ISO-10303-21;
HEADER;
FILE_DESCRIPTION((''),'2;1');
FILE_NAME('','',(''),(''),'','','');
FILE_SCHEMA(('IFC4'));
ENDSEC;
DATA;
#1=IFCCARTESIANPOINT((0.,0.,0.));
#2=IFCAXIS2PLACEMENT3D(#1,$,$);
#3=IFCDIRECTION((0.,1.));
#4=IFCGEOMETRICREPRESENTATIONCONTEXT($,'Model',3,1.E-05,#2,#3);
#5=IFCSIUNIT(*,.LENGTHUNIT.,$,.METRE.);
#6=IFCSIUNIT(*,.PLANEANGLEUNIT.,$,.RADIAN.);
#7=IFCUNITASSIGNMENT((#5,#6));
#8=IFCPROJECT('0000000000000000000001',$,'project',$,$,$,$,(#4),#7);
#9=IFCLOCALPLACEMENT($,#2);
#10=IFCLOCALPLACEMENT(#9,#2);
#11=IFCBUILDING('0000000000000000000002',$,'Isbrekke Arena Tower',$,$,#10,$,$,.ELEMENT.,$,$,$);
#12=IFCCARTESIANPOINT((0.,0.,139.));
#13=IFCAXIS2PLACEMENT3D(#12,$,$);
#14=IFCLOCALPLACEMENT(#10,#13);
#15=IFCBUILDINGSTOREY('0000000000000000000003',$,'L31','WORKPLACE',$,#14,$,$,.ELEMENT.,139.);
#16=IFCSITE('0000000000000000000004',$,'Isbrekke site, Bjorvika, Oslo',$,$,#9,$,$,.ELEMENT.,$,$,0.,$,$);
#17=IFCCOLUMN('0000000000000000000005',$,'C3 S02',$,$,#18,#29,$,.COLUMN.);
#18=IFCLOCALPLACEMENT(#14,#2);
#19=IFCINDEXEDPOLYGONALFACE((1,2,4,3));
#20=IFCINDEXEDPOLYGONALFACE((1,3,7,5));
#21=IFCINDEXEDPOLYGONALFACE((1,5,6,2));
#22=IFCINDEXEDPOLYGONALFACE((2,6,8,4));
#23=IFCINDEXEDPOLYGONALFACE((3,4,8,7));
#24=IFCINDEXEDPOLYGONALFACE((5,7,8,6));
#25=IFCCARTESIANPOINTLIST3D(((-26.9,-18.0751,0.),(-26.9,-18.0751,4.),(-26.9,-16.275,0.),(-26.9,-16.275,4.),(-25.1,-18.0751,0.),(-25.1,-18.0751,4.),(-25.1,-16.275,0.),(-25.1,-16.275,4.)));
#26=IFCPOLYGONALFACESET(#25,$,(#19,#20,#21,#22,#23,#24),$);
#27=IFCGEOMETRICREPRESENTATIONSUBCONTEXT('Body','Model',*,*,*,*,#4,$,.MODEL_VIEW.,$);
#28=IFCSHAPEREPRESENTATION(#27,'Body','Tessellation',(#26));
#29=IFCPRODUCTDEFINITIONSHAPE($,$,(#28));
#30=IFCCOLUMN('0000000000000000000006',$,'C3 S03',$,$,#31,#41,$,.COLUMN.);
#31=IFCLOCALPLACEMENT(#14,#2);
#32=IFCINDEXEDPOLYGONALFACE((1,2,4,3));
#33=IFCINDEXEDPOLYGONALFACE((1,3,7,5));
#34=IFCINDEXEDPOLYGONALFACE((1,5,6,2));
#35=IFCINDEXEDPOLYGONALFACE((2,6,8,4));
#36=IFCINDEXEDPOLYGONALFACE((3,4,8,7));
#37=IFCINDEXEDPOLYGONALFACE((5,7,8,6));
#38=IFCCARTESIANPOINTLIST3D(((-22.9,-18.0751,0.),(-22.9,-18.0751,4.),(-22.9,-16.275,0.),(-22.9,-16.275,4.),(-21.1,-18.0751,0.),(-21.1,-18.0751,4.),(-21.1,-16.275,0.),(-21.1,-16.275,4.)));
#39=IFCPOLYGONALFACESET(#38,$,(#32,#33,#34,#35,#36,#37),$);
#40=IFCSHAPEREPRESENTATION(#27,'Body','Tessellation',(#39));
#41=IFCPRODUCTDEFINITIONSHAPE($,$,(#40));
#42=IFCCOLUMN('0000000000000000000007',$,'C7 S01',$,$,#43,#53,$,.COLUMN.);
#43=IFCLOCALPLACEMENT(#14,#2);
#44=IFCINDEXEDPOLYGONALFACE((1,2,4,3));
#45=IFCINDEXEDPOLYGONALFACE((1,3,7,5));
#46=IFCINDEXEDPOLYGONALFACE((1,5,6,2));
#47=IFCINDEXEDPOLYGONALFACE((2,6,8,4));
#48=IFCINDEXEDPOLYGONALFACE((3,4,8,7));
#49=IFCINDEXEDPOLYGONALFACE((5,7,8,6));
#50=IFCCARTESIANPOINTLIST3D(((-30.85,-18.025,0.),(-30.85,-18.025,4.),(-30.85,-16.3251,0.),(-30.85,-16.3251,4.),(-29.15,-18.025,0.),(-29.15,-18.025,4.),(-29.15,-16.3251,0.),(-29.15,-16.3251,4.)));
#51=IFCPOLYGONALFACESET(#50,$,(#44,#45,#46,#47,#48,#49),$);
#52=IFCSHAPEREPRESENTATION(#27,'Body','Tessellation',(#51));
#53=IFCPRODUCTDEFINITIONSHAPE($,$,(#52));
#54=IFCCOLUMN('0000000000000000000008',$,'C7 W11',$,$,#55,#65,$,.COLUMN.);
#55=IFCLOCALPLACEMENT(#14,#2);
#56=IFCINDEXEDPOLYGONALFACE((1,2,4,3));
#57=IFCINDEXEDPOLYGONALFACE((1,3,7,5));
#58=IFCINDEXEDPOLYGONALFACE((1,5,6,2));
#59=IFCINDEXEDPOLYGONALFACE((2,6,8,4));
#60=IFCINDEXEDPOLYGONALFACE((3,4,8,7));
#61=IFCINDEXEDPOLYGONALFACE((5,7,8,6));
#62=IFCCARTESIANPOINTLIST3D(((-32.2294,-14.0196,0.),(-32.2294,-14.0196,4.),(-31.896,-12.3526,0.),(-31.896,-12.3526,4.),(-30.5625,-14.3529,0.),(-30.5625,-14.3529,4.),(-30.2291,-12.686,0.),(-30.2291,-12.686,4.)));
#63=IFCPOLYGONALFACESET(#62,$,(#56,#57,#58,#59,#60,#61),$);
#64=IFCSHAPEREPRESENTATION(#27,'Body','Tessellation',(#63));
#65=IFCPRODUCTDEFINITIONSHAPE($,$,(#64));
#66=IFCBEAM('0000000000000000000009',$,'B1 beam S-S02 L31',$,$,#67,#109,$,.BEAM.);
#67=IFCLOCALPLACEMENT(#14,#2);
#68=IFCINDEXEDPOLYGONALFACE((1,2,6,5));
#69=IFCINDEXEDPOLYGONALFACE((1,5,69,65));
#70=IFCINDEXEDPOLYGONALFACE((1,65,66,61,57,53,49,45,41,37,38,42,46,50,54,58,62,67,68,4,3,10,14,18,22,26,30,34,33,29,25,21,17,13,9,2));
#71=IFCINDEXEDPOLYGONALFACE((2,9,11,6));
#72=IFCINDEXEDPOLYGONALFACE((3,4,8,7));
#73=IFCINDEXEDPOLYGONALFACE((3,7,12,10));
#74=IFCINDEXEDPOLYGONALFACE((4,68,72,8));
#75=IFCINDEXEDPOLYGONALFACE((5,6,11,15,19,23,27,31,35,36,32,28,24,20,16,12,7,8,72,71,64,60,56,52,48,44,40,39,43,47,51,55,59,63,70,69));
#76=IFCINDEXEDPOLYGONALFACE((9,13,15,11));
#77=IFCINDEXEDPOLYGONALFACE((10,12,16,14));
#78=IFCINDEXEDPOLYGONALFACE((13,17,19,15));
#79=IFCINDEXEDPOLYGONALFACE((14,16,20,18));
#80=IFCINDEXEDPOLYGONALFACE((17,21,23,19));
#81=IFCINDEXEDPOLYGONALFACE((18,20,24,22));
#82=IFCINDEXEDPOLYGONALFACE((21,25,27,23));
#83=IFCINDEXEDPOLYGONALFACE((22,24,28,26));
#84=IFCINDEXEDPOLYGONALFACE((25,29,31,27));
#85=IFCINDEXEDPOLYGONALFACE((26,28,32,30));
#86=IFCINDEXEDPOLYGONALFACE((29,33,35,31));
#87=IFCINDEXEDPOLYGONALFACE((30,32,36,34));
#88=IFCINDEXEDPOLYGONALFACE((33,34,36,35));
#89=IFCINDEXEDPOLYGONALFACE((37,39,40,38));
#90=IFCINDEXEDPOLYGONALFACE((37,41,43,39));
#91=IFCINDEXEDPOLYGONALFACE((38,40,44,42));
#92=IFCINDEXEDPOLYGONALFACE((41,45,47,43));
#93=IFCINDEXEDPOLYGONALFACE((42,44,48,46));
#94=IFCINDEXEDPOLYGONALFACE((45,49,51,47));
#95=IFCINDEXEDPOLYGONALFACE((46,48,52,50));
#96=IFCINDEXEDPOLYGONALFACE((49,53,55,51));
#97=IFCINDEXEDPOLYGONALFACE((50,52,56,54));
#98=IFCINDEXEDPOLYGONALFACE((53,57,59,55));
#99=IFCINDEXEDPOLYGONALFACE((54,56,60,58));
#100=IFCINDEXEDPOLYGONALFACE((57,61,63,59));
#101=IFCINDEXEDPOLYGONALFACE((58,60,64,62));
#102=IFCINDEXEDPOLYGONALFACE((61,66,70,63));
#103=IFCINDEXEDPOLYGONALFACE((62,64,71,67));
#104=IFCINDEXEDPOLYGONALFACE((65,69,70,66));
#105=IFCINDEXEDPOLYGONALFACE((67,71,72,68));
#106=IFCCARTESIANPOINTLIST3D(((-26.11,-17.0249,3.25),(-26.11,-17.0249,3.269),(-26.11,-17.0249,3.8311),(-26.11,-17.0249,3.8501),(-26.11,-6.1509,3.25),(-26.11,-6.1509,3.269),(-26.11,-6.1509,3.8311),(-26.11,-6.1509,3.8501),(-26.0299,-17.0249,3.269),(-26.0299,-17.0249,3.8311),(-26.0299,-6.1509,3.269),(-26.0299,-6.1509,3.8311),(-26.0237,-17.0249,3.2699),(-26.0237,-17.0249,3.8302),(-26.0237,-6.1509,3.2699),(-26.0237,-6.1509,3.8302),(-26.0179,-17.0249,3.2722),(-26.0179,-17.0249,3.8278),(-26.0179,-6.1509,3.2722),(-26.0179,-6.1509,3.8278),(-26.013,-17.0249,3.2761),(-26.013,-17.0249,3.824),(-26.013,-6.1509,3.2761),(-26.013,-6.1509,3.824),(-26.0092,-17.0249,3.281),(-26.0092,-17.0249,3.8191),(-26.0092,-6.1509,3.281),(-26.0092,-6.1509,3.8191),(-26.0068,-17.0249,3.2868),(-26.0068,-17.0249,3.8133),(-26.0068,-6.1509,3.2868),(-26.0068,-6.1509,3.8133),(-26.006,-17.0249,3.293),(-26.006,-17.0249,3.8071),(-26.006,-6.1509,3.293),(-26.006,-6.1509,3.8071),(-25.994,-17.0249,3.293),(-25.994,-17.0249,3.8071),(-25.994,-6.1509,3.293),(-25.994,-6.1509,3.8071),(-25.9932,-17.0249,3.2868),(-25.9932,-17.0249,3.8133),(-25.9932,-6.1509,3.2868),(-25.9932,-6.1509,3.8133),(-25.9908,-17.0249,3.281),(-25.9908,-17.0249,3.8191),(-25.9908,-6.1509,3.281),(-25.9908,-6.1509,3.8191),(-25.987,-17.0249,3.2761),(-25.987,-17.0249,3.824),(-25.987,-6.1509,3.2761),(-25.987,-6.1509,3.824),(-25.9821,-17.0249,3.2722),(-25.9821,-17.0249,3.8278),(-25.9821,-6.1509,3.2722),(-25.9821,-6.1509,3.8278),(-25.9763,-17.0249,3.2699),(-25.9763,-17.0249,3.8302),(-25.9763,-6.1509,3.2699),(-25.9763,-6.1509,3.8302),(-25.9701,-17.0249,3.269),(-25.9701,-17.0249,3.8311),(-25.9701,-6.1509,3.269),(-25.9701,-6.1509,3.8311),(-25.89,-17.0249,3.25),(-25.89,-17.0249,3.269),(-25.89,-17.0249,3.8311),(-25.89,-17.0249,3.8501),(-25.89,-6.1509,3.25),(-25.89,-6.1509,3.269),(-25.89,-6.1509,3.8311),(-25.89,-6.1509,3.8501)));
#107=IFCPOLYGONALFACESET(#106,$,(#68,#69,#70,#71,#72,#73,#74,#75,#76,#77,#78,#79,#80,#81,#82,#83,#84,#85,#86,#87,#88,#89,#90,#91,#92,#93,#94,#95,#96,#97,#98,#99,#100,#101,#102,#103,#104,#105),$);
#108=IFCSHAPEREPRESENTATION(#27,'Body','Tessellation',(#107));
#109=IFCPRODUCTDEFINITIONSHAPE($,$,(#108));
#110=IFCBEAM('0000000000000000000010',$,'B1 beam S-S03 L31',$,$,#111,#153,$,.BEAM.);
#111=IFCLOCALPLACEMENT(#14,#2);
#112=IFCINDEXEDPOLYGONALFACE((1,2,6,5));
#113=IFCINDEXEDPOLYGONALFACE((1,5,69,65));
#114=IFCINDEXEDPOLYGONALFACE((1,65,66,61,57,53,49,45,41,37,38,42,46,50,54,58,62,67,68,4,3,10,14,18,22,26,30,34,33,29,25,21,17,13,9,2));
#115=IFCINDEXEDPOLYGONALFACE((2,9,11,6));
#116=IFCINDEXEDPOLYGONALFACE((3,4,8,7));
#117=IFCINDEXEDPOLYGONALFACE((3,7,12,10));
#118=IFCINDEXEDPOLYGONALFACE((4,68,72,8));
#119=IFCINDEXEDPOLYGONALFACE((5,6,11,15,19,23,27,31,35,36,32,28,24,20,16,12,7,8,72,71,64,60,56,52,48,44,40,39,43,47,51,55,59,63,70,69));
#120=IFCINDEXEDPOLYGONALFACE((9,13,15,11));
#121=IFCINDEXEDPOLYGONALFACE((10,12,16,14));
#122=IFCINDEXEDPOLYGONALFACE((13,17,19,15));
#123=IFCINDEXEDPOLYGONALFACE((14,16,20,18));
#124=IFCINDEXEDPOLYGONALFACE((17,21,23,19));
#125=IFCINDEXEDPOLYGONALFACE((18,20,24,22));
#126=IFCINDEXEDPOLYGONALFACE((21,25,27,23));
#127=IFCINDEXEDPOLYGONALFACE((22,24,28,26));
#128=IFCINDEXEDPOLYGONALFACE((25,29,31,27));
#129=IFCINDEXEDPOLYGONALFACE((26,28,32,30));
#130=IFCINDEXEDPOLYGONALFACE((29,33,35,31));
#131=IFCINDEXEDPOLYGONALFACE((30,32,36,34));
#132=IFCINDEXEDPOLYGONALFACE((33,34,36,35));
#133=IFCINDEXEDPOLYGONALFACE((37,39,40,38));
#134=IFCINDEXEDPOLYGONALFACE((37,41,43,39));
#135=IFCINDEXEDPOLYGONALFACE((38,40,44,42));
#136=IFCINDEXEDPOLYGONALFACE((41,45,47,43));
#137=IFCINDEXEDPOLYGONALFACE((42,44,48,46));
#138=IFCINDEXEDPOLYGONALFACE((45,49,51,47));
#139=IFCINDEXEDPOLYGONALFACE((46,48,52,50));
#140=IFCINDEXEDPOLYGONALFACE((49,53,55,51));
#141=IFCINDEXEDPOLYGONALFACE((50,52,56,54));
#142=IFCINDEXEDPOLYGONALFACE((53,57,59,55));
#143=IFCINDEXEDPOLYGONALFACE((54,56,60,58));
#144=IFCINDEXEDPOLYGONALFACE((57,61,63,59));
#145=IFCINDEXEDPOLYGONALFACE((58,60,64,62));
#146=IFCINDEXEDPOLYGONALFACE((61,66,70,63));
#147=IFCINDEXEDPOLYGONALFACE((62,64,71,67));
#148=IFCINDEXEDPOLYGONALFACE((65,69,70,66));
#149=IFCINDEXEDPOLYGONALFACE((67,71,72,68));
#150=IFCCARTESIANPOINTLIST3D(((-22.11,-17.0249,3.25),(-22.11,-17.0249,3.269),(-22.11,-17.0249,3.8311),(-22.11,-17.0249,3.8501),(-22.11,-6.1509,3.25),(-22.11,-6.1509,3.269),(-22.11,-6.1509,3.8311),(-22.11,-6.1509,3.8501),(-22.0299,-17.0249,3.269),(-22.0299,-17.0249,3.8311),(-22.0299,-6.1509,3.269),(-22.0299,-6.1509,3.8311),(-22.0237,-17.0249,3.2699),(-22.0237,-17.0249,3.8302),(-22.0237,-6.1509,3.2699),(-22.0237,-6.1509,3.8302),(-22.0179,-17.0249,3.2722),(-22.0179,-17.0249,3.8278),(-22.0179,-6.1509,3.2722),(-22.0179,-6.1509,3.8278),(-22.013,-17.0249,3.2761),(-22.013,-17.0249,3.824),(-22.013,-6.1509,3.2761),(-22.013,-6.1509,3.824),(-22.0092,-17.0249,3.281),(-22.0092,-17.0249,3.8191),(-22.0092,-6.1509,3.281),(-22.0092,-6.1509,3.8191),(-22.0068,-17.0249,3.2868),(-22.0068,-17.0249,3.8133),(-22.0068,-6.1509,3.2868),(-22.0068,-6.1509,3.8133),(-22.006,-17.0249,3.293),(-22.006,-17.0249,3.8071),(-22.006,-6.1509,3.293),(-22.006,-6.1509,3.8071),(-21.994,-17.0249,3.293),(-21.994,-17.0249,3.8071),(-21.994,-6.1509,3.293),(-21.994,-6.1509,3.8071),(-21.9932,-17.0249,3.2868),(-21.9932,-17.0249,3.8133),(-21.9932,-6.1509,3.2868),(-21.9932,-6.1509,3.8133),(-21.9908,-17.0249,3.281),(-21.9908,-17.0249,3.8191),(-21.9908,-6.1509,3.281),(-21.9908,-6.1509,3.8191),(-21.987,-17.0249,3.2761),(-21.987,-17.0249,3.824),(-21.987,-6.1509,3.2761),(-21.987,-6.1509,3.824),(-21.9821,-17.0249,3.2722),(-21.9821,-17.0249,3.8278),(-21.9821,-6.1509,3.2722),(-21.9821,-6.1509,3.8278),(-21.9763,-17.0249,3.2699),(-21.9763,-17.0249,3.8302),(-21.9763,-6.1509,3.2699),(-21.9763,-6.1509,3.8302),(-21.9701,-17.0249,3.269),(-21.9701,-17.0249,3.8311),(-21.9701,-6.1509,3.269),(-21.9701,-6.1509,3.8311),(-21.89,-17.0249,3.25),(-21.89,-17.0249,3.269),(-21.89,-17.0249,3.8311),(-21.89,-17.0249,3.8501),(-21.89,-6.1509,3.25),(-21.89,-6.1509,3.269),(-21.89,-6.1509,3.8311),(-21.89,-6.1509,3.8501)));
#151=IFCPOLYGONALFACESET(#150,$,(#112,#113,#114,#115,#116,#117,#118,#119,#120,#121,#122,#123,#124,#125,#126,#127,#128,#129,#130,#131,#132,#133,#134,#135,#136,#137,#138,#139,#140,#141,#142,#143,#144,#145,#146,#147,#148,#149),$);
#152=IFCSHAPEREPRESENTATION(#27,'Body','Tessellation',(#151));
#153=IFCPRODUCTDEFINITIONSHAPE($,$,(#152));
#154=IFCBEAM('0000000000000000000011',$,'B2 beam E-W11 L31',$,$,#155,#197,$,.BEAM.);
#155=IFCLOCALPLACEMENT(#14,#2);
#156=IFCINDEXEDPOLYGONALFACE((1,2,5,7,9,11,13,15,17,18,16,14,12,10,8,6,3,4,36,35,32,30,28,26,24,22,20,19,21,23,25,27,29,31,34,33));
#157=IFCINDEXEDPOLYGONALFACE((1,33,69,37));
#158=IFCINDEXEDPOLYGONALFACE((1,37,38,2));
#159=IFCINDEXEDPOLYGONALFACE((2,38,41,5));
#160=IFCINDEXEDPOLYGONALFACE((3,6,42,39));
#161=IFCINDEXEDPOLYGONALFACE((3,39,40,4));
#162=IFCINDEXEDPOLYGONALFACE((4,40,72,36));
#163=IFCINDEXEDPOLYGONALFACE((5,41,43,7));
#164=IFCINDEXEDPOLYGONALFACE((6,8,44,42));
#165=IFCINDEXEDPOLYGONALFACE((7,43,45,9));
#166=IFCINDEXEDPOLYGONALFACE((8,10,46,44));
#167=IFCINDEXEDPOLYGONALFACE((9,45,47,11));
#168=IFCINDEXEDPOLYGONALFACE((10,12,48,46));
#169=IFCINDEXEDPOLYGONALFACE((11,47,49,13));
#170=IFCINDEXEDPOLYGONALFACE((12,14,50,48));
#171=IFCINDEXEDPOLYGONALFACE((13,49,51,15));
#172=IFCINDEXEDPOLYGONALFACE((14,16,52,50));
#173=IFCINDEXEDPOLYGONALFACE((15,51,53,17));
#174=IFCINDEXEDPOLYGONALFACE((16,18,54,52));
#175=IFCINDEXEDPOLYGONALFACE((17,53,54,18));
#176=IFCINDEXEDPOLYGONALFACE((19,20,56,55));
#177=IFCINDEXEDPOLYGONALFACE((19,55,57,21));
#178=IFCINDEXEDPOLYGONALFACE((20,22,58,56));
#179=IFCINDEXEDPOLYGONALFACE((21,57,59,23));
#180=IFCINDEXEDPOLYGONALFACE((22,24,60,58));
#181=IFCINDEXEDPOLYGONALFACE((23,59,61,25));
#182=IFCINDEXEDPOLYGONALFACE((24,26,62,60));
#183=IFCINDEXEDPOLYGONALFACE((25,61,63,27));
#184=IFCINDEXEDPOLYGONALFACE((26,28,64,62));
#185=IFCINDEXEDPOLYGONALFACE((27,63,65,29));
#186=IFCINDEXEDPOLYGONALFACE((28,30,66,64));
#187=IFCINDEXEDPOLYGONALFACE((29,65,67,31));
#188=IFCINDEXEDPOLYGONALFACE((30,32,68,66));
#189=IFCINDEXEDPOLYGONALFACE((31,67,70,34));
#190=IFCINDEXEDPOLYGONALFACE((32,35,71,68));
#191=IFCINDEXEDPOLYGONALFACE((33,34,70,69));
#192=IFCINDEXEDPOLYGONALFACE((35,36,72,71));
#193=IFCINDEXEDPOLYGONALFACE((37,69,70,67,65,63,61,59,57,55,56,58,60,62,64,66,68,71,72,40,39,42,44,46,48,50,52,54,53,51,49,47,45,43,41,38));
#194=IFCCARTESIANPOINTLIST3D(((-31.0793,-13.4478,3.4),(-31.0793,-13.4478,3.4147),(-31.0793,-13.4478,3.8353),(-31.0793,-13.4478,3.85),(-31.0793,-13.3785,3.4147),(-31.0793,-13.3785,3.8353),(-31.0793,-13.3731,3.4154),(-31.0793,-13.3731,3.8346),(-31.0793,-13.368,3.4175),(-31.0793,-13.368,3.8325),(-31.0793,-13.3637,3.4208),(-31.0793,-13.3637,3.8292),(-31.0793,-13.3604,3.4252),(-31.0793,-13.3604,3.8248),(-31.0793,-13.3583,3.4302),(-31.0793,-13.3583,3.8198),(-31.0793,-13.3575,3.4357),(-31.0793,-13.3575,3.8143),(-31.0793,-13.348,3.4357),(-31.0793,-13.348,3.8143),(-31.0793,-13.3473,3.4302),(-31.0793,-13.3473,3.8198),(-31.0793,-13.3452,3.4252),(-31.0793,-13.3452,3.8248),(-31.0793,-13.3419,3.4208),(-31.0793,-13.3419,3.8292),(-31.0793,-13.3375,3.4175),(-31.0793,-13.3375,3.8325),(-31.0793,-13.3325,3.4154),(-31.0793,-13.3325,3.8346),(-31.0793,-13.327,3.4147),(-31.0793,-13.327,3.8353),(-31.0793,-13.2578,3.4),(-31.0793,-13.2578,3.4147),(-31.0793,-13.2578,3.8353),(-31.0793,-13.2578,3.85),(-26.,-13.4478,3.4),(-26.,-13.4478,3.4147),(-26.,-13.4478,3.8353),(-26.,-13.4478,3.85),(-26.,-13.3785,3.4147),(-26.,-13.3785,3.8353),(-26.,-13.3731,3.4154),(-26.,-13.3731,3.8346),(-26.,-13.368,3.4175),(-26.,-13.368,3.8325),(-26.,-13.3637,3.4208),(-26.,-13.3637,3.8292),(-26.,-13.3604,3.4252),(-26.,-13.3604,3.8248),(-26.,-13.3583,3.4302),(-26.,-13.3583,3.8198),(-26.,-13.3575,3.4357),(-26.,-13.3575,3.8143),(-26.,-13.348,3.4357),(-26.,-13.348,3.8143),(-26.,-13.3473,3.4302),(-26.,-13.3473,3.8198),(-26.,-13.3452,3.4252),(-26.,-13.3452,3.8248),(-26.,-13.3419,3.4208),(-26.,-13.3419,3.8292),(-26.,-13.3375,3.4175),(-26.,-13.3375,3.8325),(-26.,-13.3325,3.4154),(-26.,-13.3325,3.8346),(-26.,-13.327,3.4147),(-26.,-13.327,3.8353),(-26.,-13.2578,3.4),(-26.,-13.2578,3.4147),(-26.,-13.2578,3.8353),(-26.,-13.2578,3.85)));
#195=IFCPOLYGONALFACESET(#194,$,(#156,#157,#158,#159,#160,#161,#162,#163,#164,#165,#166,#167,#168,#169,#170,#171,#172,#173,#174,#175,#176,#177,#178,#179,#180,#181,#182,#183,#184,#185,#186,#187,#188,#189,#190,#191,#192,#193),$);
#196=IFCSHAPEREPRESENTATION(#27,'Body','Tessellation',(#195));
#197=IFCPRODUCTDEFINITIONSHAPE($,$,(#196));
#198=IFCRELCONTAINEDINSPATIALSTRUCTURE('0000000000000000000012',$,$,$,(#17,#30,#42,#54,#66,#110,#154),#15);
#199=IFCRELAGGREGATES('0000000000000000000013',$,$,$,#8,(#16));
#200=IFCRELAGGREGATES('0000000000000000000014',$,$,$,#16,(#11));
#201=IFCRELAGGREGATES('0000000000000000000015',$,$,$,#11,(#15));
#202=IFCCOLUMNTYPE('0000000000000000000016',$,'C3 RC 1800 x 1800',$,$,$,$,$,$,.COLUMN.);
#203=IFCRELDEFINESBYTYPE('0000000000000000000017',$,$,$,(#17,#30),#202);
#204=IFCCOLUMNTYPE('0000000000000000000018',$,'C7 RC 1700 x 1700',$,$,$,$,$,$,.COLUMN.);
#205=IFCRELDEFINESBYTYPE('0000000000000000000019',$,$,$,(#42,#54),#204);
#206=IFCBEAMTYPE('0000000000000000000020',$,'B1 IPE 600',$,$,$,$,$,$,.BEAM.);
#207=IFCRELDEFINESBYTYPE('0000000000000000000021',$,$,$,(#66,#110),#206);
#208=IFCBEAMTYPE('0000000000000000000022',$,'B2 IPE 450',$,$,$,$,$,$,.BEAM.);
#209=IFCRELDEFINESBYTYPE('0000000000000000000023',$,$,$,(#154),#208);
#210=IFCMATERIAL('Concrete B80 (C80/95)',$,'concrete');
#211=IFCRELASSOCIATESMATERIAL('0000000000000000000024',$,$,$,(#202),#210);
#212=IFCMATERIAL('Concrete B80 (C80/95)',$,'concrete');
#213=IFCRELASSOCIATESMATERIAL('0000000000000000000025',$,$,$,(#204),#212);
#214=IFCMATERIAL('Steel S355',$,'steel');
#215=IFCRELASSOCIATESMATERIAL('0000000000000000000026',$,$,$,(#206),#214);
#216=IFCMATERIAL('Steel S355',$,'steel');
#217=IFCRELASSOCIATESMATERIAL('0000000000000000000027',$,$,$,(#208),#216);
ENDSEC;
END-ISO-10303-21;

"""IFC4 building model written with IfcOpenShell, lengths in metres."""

from ifc_helpers import new_model, si_unit, direction, frame, origin, origin_2d, place, context, subcontext, project, spatial, rectangle, i_section, extrude, material, material_profile, profile_set, type_object, element, save


model = new_model("IFC4")

# Units and contexts
model_context = context("Model", 3, precision=1e-05, world=origin(), true_north=direction((0.0, 1.0)))
body_context = subcontext(model_context, "Body", "Model", "MODEL_VIEW")
ifc_project = project(units=[si_unit("LENGTHUNIT", "METRE"), si_unit("PLANEANGLEUNIT", "RADIAN")], contexts=[model_context])

# Site, building, storey
site_placement = place(None, origin())
site = spatial("IfcSite", under=ifc_project, at=site_placement, Name="Isbrekke site, Bjorvika, Oslo", CompositionType="ELEMENT", RefElevation=0.0)
building_placement = place(site_placement, origin())
building = spatial("IfcBuilding", under=site, at=building_placement, Name="Isbrekke Arena Tower", CompositionType="ELEMENT")
storey_placement = place(building_placement, frame((0.0, 0.0, 139.0)))
storey = spatial("IfcBuildingStorey", under=building, at=storey_placement, Name="L31", Description="WORKPLACE", CompositionType="ELEMENT", Elevation=139.0)

# Columns
ifc_material_1 = material(Name="Concrete B80 (C80/95)", Category="concrete")
ifc_material_profile_1 = material_profile(ifc_material_1, rectangle(XDim=1.8, YDim=1.8, at=origin_2d()), Name="RC 1800x1800")
ifc_profile_set_1 = profile_set([ifc_material_profile_1], Name="Concrete B80 (C80/95)")
column_type_1 = type_object("IfcColumnType", Name="C3 RC 1800 x 1800", PredefinedType="COLUMN", material=ifc_profile_set_1)
for number, where, z_axis, x_axis, name in (
    (1, (-26.0, -17.175, 0.0), (0.0, 0.0, 1.0), (1.0, 0.0, 0.0), "C3 S02"),
    (2, (-22.0, -17.175, 0.0), (0.0, 0.0, 1.0), (1.0, 0.0, 0.0), "C3 S03"),
):
    element("IfcColumn", number, at=place(storey_placement, frame(where, z_axis=z_axis, x_axis=x_axis)), inside=storey, type_object=column_type_1, Name=name, PredefinedType="COLUMN", context=body_context, shape_type="SweptSolid", body=[
        extrude(rectangle(XDim=1.8, YDim=1.8, at=origin_2d()), origin(), (0.0, 0.0, 1.0), 4.0),
    ])
ifc_material_2 = material(Name="Concrete B80 (C80/95)", Category="concrete")
ifc_material_profile_2 = material_profile(ifc_material_2, rectangle(XDim=1.7, YDim=1.7, at=origin_2d()), Name="RC 1700x1700")
ifc_profile_set_2 = profile_set([ifc_material_profile_2], Name="Concrete B80 (C80/95)")
column_type_2 = type_object("IfcColumnType", Name="C7 RC 1700 x 1700", PredefinedType="COLUMN", material=ifc_profile_set_2)
for number, where, z_axis, x_axis, name in (
    (3, (-30.0, -17.175, 0.0), (0.0, 0.0, 1.0), (1.0, 0.0, 0.0), "C7 S01"),
    (4, (-31.2292, -13.3528, 0.0), (0.0, 0.0, 1.0), (-0.196116, -0.980581, 0.0), "C7 W11"),
):
    element("IfcColumn", number, at=place(storey_placement, frame(where, z_axis=z_axis, x_axis=x_axis)), inside=storey, type_object=column_type_2, Name=name, PredefinedType="COLUMN", context=body_context, shape_type="SweptSolid", body=[
        extrude(rectangle(XDim=1.7, YDim=1.7, at=origin_2d()), origin(), (0.0, 0.0, 1.0), 4.0),
    ])

# Beams
ifc_material_3 = material(Name="Steel S355", Category="steel")
ifc_material_profile_3 = material_profile(ifc_material_3, i_section(OverallWidth=0.22, OverallDepth=0.6001, WebThickness=0.012, FlangeThickness=0.019, FilletRadius=0.0239, at=origin_2d()), Name="IPE 600")
ifc_profile_set_3 = profile_set([ifc_material_profile_3], Name="Steel S355")
beam_type_1 = type_object("IfcBeamType", Name="B1 IPE 600", PredefinedType="BEAM", material=ifc_profile_set_3)
for number, where, z_axis, x_axis, name in (
    (5, (-26.0, -17.0249, 3.55), (0.0, 1.0, 0.0), (-1.0, 0.0, 0.0), "B1 beam S-S02 L31"),
    (6, (-22.0, -17.0249, 3.55), (0.0, 1.0, 0.0), (-1.0, 0.0, 0.0), "B1 beam S-S03 L31"),
):
    element("IfcBeam", number, at=place(storey_placement, frame(where, z_axis=z_axis, x_axis=x_axis)), inside=storey, type_object=beam_type_1, Name=name, PredefinedType="BEAM", context=body_context, shape_type="SweptSolid", body=[
        extrude(i_section(OverallWidth=0.22, OverallDepth=0.6001, WebThickness=0.012, FlangeThickness=0.019, FilletRadius=0.0239, at=origin_2d()), origin(), (0.0, 0.0, 1.0), 10.874),
    ])
ifc_material_4 = material(Name="Steel S355", Category="steel")
ifc_material_profile_4 = material_profile(ifc_material_4, i_section(OverallWidth=0.1899, OverallDepth=0.45, WebThickness=0.0095, FlangeThickness=0.0146, FilletRadius=0.021, at=origin_2d()), Name="IPE 450")
ifc_profile_set_4 = profile_set([ifc_material_profile_4], Name="Steel S355")
beam_type_2 = type_object("IfcBeamType", Name="B2 IPE 450", PredefinedType="BEAM", material=ifc_profile_set_4)
beam_1_placement = place(storey_placement, frame((-31.0793, -13.3528, 3.625), z_axis=(1.0, 0.0, 0.0), x_axis=(0.0, 1.0, 0.0)))
element("IfcBeam", 7, at=beam_1_placement, inside=storey, type_object=beam_type_2, Name="B2 beam E-W11 L31", PredefinedType="BEAM", context=body_context, shape_type="SweptSolid", body=[
    extrude(i_section(OverallWidth=0.1899, OverallDepth=0.45, WebThickness=0.0095, FlangeThickness=0.0146, FilletRadius=0.021, at=origin_2d()), origin(), (0.0, 0.0, 1.0), 5.0793),
])

save(model, "model.ifc")
